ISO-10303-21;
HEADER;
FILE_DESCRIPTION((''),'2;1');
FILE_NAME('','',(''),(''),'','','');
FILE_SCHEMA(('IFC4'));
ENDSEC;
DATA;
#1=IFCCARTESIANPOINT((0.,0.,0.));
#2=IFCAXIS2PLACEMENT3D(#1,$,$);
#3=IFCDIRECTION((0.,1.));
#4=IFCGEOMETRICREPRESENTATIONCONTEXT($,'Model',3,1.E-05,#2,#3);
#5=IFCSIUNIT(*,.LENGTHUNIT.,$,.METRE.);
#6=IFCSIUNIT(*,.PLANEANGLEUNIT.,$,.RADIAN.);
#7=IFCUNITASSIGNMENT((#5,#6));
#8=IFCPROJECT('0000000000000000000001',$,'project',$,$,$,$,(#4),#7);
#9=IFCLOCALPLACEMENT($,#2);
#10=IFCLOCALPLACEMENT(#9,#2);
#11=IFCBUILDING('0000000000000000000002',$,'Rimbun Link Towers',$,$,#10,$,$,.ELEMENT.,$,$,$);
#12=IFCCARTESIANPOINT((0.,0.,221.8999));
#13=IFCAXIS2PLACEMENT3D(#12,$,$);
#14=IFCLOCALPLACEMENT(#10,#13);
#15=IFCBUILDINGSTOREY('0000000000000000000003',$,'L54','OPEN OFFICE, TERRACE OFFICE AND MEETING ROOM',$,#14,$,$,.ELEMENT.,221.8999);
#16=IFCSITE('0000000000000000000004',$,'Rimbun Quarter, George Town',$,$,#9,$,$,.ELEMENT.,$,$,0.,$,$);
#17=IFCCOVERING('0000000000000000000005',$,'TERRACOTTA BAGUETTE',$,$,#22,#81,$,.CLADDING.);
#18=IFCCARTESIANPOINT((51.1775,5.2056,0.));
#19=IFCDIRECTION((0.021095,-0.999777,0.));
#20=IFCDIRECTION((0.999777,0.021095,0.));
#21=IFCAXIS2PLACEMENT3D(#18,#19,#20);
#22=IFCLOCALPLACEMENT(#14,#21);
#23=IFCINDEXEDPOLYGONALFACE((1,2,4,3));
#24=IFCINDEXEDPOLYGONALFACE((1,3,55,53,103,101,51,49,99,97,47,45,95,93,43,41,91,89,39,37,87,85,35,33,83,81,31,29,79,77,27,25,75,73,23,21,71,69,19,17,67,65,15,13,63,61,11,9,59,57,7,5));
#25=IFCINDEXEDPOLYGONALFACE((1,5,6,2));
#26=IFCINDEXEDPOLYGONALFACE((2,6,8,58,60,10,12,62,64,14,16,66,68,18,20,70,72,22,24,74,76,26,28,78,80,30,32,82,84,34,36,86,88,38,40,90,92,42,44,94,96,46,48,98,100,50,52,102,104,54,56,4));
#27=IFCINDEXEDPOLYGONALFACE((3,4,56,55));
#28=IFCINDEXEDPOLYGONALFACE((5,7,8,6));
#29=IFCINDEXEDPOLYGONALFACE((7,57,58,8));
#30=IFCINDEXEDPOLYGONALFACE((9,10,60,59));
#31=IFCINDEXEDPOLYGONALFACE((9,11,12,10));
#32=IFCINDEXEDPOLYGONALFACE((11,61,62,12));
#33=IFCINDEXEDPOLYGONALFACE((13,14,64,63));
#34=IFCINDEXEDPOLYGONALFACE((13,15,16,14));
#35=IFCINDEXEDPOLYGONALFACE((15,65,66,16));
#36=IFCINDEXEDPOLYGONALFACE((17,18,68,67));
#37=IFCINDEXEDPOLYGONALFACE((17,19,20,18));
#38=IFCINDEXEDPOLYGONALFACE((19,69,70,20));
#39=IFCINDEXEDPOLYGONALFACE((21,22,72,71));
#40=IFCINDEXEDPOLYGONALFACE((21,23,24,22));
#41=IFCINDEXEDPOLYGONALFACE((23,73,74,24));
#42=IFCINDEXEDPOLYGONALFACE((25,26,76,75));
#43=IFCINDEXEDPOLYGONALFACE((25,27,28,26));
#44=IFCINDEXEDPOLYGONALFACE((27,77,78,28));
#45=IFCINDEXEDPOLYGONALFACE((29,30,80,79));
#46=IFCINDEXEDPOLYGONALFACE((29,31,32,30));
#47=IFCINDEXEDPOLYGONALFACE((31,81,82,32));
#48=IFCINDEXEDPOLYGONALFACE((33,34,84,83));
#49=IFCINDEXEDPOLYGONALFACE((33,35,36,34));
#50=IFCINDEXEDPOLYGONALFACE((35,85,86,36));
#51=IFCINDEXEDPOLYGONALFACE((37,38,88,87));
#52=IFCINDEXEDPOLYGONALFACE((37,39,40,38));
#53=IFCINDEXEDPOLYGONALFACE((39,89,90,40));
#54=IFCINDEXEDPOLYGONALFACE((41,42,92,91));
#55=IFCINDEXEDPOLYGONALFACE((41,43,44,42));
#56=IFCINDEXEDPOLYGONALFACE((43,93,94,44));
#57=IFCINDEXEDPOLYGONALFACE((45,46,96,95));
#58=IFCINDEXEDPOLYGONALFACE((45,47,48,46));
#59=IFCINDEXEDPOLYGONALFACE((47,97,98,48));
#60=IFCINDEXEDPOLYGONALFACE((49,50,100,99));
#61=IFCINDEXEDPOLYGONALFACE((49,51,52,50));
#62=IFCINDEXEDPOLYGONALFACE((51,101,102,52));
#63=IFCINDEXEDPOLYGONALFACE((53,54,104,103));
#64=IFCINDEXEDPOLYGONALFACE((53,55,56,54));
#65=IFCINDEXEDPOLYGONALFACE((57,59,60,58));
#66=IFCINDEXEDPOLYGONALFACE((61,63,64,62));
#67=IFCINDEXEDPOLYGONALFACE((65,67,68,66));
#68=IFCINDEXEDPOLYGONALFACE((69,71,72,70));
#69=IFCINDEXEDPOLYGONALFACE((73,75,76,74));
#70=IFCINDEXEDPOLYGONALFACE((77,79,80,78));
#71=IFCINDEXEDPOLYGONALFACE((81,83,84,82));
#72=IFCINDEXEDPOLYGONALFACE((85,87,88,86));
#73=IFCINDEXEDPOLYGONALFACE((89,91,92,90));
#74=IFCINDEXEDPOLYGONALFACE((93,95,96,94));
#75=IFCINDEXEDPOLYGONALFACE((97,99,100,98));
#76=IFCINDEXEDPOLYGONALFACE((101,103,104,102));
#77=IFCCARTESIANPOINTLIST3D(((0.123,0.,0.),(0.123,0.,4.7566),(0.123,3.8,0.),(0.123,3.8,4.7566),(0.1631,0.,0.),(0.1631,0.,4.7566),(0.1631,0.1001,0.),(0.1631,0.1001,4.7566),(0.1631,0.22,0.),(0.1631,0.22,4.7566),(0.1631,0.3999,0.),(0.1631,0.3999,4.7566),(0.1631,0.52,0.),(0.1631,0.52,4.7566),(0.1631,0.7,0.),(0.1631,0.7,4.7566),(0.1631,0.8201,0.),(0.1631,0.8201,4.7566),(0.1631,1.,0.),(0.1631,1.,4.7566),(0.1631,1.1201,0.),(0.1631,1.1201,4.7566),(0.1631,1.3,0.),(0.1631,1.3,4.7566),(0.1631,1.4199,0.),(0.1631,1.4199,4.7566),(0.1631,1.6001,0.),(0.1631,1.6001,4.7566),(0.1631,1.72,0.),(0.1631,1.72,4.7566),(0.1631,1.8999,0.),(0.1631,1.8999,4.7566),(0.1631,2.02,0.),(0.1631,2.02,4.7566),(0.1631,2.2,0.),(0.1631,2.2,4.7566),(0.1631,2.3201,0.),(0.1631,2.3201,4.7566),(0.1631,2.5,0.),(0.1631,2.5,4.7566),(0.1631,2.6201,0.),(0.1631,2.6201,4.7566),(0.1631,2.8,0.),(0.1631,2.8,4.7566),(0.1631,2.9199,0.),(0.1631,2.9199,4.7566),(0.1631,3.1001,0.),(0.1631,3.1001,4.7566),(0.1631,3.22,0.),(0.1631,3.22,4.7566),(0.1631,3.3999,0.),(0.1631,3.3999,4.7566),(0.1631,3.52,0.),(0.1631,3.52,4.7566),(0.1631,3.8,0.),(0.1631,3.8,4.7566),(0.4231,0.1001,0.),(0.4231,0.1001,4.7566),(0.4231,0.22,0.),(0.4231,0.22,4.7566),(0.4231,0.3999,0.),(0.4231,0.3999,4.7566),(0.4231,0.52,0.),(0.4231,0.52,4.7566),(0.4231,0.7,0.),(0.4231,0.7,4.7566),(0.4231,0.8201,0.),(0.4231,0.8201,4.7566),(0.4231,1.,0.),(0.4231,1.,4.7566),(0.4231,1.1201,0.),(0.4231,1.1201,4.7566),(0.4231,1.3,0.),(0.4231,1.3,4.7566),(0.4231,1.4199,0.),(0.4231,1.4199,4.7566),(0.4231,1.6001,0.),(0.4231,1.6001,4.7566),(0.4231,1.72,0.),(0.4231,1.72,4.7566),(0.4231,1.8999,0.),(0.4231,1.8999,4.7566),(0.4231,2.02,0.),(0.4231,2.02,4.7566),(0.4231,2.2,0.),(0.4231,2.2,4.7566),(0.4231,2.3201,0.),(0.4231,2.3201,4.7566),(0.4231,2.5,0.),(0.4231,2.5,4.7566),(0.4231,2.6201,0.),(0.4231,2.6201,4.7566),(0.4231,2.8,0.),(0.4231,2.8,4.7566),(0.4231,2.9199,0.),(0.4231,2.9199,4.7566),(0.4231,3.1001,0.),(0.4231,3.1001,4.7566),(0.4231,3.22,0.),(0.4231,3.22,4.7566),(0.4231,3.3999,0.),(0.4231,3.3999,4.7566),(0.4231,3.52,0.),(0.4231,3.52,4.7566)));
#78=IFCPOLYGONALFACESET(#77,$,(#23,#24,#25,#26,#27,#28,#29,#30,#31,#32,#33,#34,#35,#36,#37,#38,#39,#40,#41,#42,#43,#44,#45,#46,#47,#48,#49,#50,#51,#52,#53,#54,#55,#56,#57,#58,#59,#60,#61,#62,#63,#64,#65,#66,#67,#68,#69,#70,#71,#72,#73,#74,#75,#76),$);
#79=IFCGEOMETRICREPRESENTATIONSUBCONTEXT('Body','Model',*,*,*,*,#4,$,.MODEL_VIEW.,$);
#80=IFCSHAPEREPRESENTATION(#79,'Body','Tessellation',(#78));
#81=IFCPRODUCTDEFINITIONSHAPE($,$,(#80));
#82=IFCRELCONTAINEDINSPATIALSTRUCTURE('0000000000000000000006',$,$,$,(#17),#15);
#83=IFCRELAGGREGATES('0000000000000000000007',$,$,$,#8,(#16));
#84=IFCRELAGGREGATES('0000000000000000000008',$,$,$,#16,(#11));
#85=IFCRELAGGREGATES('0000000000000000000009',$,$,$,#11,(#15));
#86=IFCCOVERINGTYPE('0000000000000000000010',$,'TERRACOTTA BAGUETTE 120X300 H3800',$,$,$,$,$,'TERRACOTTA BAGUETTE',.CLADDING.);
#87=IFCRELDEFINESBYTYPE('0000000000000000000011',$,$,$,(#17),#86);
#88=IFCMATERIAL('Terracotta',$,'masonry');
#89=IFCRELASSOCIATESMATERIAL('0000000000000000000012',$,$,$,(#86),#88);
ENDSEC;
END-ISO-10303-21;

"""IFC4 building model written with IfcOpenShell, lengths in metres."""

from ifc_helpers import new_model, si_unit, direction, frame, origin, place, context, subcontext, project, spatial, polyline, outline, extrude, material, material_profile, profile_set, type_object, element, save


model = new_model("IFC4")

# Units and contexts
model_context = context("Model", 3, precision=1e-05, world=origin(), true_north=direction((0.0, 1.0)))
body_context = subcontext(model_context, "Body", "Model", "MODEL_VIEW")
ifc_project = project(units=[si_unit("LENGTHUNIT", "METRE"), si_unit("PLANEANGLEUNIT", "RADIAN")], contexts=[model_context])

# Site, building, storey
site_placement = place(None, origin())
site = spatial("IfcSite", under=ifc_project, at=site_placement, Name="Rimbun Quarter, George Town", CompositionType="ELEMENT", RefElevation=0.0)
building_placement = place(site_placement, origin())
building = spatial("IfcBuilding", under=site, at=building_placement, Name="Rimbun Link Towers", CompositionType="ELEMENT")
storey_placement = place(building_placement, frame((0.0, 0.0, 221.8999)))
storey = spatial("IfcBuildingStorey", under=building, at=storey_placement, Name="L54", Description="OPEN OFFICE, TERRACE OFFICE AND MEETING ROOM", CompositionType="ELEMENT", Elevation=221.8999)

# Covering
ifc_material_1 = material(Name="Terracotta", Category="masonry")
ifc_material_profile_1 = material_profile(ifc_material_1, outline(polyline([(0.123, 0.0), (0.1631, 0.0), (0.1631, 0.1001), (0.4231, 0.1001), (0.4231, 0.22), (0.1631, 0.22), (0.1631, 0.3999), (0.4231, 0.3999), (0.4231, 0.52), (0.1631, 0.52), (0.1631, 0.7), (0.4231, 0.7), (0.4231, 0.8201), (0.1631, 0.8201), (0.1631, 1.0), (0.4231, 1.0), (0.4231, 1.1201), (0.1631, 1.1201), (0.1631, 1.3), (0.4231, 1.3), (0.4231, 1.4199), (0.1631, 1.4199), (0.1631, 1.6001), (0.4231, 1.6001), (0.4231, 1.72), (0.1631, 1.72), (0.1631, 1.8999), (0.4231, 1.8999), (0.4231, 2.02), (0.1631, 2.02), (0.1631, 2.2), (0.4231, 2.2), (0.4231, 2.3201), (0.1631, 2.3201), (0.1631, 2.5), (0.4231, 2.5), (0.4231, 2.6201), (0.1631, 2.6201), (0.1631, 2.8), (0.4231, 2.8), (0.4231, 2.9199), (0.1631, 2.9199), (0.1631, 3.1001), (0.4231, 3.1001), (0.4231, 3.22), (0.1631, 3.22), (0.1631, 3.3999), (0.4231, 3.3999), (0.4231, 3.52), (0.1631, 3.52), (0.1631, 3.8), (0.123, 3.8), (0.123, 0.0)])), Name="BAGUETTE 120X300")
ifc_profile_set_1 = profile_set([ifc_material_profile_1], Name="Terracotta")
covering_type = type_object("IfcCoveringType", Name="TERRACOTTA BAGUETTE 120X300 H3800", ElementType="TERRACOTTA BAGUETTE", PredefinedType="CLADDING", material=ifc_profile_set_1)
covering_1_placement = place(storey_placement, frame((51.1775, 5.2056, 0.0), z_axis=(0.021095, -0.999777, 0.0), x_axis=(0.999777, 0.021095, 0.0)))
element("IfcCovering", 1, at=covering_1_placement, inside=storey, type_object=covering_type, Name="TERRACOTTA BAGUETTE", PredefinedType="CLADDING", context=body_context, shape_type="SweptSolid", body=[
    extrude(outline(polyline([(0.123, 0.0), (0.1631, 0.0), (0.1631, 0.1001), (0.4231, 0.1001), (0.4231, 0.22), (0.1631, 0.22), (0.1631, 0.3999), (0.4231, 0.3999), (0.4231, 0.52), (0.1631, 0.52), (0.1631, 0.7), (0.4231, 0.7), (0.4231, 0.8201), (0.1631, 0.8201), (0.1631, 1.0), (0.4231, 1.0), (0.4231, 1.1201), (0.1631, 1.1201), (0.1631, 1.3), (0.4231, 1.3), (0.4231, 1.4199), (0.1631, 1.4199), (0.1631, 1.6001), (0.4231, 1.6001), (0.4231, 1.72), (0.1631, 1.72), (0.1631, 1.8999), (0.4231, 1.8999), (0.4231, 2.02), (0.1631, 2.02), (0.1631, 2.2), (0.4231, 2.2), (0.4231, 2.3201), (0.1631, 2.3201), (0.1631, 2.5), (0.4231, 2.5), (0.4231, 2.6201), (0.1631, 2.6201), (0.1631, 2.8), (0.4231, 2.8), (0.4231, 2.9199), (0.1631, 2.9199), (0.1631, 3.1001), (0.4231, 3.1001), (0.4231, 3.22), (0.1631, 3.22), (0.1631, 3.3999), (0.4231, 3.3999), (0.4231, 3.52), (0.1631, 3.52), (0.1631, 3.8), (0.123, 3.8), (0.123, 0.0)])), origin(), (0.0, 0.0, 1.0), 4.7566),
])

save(model, "model.ifc")
